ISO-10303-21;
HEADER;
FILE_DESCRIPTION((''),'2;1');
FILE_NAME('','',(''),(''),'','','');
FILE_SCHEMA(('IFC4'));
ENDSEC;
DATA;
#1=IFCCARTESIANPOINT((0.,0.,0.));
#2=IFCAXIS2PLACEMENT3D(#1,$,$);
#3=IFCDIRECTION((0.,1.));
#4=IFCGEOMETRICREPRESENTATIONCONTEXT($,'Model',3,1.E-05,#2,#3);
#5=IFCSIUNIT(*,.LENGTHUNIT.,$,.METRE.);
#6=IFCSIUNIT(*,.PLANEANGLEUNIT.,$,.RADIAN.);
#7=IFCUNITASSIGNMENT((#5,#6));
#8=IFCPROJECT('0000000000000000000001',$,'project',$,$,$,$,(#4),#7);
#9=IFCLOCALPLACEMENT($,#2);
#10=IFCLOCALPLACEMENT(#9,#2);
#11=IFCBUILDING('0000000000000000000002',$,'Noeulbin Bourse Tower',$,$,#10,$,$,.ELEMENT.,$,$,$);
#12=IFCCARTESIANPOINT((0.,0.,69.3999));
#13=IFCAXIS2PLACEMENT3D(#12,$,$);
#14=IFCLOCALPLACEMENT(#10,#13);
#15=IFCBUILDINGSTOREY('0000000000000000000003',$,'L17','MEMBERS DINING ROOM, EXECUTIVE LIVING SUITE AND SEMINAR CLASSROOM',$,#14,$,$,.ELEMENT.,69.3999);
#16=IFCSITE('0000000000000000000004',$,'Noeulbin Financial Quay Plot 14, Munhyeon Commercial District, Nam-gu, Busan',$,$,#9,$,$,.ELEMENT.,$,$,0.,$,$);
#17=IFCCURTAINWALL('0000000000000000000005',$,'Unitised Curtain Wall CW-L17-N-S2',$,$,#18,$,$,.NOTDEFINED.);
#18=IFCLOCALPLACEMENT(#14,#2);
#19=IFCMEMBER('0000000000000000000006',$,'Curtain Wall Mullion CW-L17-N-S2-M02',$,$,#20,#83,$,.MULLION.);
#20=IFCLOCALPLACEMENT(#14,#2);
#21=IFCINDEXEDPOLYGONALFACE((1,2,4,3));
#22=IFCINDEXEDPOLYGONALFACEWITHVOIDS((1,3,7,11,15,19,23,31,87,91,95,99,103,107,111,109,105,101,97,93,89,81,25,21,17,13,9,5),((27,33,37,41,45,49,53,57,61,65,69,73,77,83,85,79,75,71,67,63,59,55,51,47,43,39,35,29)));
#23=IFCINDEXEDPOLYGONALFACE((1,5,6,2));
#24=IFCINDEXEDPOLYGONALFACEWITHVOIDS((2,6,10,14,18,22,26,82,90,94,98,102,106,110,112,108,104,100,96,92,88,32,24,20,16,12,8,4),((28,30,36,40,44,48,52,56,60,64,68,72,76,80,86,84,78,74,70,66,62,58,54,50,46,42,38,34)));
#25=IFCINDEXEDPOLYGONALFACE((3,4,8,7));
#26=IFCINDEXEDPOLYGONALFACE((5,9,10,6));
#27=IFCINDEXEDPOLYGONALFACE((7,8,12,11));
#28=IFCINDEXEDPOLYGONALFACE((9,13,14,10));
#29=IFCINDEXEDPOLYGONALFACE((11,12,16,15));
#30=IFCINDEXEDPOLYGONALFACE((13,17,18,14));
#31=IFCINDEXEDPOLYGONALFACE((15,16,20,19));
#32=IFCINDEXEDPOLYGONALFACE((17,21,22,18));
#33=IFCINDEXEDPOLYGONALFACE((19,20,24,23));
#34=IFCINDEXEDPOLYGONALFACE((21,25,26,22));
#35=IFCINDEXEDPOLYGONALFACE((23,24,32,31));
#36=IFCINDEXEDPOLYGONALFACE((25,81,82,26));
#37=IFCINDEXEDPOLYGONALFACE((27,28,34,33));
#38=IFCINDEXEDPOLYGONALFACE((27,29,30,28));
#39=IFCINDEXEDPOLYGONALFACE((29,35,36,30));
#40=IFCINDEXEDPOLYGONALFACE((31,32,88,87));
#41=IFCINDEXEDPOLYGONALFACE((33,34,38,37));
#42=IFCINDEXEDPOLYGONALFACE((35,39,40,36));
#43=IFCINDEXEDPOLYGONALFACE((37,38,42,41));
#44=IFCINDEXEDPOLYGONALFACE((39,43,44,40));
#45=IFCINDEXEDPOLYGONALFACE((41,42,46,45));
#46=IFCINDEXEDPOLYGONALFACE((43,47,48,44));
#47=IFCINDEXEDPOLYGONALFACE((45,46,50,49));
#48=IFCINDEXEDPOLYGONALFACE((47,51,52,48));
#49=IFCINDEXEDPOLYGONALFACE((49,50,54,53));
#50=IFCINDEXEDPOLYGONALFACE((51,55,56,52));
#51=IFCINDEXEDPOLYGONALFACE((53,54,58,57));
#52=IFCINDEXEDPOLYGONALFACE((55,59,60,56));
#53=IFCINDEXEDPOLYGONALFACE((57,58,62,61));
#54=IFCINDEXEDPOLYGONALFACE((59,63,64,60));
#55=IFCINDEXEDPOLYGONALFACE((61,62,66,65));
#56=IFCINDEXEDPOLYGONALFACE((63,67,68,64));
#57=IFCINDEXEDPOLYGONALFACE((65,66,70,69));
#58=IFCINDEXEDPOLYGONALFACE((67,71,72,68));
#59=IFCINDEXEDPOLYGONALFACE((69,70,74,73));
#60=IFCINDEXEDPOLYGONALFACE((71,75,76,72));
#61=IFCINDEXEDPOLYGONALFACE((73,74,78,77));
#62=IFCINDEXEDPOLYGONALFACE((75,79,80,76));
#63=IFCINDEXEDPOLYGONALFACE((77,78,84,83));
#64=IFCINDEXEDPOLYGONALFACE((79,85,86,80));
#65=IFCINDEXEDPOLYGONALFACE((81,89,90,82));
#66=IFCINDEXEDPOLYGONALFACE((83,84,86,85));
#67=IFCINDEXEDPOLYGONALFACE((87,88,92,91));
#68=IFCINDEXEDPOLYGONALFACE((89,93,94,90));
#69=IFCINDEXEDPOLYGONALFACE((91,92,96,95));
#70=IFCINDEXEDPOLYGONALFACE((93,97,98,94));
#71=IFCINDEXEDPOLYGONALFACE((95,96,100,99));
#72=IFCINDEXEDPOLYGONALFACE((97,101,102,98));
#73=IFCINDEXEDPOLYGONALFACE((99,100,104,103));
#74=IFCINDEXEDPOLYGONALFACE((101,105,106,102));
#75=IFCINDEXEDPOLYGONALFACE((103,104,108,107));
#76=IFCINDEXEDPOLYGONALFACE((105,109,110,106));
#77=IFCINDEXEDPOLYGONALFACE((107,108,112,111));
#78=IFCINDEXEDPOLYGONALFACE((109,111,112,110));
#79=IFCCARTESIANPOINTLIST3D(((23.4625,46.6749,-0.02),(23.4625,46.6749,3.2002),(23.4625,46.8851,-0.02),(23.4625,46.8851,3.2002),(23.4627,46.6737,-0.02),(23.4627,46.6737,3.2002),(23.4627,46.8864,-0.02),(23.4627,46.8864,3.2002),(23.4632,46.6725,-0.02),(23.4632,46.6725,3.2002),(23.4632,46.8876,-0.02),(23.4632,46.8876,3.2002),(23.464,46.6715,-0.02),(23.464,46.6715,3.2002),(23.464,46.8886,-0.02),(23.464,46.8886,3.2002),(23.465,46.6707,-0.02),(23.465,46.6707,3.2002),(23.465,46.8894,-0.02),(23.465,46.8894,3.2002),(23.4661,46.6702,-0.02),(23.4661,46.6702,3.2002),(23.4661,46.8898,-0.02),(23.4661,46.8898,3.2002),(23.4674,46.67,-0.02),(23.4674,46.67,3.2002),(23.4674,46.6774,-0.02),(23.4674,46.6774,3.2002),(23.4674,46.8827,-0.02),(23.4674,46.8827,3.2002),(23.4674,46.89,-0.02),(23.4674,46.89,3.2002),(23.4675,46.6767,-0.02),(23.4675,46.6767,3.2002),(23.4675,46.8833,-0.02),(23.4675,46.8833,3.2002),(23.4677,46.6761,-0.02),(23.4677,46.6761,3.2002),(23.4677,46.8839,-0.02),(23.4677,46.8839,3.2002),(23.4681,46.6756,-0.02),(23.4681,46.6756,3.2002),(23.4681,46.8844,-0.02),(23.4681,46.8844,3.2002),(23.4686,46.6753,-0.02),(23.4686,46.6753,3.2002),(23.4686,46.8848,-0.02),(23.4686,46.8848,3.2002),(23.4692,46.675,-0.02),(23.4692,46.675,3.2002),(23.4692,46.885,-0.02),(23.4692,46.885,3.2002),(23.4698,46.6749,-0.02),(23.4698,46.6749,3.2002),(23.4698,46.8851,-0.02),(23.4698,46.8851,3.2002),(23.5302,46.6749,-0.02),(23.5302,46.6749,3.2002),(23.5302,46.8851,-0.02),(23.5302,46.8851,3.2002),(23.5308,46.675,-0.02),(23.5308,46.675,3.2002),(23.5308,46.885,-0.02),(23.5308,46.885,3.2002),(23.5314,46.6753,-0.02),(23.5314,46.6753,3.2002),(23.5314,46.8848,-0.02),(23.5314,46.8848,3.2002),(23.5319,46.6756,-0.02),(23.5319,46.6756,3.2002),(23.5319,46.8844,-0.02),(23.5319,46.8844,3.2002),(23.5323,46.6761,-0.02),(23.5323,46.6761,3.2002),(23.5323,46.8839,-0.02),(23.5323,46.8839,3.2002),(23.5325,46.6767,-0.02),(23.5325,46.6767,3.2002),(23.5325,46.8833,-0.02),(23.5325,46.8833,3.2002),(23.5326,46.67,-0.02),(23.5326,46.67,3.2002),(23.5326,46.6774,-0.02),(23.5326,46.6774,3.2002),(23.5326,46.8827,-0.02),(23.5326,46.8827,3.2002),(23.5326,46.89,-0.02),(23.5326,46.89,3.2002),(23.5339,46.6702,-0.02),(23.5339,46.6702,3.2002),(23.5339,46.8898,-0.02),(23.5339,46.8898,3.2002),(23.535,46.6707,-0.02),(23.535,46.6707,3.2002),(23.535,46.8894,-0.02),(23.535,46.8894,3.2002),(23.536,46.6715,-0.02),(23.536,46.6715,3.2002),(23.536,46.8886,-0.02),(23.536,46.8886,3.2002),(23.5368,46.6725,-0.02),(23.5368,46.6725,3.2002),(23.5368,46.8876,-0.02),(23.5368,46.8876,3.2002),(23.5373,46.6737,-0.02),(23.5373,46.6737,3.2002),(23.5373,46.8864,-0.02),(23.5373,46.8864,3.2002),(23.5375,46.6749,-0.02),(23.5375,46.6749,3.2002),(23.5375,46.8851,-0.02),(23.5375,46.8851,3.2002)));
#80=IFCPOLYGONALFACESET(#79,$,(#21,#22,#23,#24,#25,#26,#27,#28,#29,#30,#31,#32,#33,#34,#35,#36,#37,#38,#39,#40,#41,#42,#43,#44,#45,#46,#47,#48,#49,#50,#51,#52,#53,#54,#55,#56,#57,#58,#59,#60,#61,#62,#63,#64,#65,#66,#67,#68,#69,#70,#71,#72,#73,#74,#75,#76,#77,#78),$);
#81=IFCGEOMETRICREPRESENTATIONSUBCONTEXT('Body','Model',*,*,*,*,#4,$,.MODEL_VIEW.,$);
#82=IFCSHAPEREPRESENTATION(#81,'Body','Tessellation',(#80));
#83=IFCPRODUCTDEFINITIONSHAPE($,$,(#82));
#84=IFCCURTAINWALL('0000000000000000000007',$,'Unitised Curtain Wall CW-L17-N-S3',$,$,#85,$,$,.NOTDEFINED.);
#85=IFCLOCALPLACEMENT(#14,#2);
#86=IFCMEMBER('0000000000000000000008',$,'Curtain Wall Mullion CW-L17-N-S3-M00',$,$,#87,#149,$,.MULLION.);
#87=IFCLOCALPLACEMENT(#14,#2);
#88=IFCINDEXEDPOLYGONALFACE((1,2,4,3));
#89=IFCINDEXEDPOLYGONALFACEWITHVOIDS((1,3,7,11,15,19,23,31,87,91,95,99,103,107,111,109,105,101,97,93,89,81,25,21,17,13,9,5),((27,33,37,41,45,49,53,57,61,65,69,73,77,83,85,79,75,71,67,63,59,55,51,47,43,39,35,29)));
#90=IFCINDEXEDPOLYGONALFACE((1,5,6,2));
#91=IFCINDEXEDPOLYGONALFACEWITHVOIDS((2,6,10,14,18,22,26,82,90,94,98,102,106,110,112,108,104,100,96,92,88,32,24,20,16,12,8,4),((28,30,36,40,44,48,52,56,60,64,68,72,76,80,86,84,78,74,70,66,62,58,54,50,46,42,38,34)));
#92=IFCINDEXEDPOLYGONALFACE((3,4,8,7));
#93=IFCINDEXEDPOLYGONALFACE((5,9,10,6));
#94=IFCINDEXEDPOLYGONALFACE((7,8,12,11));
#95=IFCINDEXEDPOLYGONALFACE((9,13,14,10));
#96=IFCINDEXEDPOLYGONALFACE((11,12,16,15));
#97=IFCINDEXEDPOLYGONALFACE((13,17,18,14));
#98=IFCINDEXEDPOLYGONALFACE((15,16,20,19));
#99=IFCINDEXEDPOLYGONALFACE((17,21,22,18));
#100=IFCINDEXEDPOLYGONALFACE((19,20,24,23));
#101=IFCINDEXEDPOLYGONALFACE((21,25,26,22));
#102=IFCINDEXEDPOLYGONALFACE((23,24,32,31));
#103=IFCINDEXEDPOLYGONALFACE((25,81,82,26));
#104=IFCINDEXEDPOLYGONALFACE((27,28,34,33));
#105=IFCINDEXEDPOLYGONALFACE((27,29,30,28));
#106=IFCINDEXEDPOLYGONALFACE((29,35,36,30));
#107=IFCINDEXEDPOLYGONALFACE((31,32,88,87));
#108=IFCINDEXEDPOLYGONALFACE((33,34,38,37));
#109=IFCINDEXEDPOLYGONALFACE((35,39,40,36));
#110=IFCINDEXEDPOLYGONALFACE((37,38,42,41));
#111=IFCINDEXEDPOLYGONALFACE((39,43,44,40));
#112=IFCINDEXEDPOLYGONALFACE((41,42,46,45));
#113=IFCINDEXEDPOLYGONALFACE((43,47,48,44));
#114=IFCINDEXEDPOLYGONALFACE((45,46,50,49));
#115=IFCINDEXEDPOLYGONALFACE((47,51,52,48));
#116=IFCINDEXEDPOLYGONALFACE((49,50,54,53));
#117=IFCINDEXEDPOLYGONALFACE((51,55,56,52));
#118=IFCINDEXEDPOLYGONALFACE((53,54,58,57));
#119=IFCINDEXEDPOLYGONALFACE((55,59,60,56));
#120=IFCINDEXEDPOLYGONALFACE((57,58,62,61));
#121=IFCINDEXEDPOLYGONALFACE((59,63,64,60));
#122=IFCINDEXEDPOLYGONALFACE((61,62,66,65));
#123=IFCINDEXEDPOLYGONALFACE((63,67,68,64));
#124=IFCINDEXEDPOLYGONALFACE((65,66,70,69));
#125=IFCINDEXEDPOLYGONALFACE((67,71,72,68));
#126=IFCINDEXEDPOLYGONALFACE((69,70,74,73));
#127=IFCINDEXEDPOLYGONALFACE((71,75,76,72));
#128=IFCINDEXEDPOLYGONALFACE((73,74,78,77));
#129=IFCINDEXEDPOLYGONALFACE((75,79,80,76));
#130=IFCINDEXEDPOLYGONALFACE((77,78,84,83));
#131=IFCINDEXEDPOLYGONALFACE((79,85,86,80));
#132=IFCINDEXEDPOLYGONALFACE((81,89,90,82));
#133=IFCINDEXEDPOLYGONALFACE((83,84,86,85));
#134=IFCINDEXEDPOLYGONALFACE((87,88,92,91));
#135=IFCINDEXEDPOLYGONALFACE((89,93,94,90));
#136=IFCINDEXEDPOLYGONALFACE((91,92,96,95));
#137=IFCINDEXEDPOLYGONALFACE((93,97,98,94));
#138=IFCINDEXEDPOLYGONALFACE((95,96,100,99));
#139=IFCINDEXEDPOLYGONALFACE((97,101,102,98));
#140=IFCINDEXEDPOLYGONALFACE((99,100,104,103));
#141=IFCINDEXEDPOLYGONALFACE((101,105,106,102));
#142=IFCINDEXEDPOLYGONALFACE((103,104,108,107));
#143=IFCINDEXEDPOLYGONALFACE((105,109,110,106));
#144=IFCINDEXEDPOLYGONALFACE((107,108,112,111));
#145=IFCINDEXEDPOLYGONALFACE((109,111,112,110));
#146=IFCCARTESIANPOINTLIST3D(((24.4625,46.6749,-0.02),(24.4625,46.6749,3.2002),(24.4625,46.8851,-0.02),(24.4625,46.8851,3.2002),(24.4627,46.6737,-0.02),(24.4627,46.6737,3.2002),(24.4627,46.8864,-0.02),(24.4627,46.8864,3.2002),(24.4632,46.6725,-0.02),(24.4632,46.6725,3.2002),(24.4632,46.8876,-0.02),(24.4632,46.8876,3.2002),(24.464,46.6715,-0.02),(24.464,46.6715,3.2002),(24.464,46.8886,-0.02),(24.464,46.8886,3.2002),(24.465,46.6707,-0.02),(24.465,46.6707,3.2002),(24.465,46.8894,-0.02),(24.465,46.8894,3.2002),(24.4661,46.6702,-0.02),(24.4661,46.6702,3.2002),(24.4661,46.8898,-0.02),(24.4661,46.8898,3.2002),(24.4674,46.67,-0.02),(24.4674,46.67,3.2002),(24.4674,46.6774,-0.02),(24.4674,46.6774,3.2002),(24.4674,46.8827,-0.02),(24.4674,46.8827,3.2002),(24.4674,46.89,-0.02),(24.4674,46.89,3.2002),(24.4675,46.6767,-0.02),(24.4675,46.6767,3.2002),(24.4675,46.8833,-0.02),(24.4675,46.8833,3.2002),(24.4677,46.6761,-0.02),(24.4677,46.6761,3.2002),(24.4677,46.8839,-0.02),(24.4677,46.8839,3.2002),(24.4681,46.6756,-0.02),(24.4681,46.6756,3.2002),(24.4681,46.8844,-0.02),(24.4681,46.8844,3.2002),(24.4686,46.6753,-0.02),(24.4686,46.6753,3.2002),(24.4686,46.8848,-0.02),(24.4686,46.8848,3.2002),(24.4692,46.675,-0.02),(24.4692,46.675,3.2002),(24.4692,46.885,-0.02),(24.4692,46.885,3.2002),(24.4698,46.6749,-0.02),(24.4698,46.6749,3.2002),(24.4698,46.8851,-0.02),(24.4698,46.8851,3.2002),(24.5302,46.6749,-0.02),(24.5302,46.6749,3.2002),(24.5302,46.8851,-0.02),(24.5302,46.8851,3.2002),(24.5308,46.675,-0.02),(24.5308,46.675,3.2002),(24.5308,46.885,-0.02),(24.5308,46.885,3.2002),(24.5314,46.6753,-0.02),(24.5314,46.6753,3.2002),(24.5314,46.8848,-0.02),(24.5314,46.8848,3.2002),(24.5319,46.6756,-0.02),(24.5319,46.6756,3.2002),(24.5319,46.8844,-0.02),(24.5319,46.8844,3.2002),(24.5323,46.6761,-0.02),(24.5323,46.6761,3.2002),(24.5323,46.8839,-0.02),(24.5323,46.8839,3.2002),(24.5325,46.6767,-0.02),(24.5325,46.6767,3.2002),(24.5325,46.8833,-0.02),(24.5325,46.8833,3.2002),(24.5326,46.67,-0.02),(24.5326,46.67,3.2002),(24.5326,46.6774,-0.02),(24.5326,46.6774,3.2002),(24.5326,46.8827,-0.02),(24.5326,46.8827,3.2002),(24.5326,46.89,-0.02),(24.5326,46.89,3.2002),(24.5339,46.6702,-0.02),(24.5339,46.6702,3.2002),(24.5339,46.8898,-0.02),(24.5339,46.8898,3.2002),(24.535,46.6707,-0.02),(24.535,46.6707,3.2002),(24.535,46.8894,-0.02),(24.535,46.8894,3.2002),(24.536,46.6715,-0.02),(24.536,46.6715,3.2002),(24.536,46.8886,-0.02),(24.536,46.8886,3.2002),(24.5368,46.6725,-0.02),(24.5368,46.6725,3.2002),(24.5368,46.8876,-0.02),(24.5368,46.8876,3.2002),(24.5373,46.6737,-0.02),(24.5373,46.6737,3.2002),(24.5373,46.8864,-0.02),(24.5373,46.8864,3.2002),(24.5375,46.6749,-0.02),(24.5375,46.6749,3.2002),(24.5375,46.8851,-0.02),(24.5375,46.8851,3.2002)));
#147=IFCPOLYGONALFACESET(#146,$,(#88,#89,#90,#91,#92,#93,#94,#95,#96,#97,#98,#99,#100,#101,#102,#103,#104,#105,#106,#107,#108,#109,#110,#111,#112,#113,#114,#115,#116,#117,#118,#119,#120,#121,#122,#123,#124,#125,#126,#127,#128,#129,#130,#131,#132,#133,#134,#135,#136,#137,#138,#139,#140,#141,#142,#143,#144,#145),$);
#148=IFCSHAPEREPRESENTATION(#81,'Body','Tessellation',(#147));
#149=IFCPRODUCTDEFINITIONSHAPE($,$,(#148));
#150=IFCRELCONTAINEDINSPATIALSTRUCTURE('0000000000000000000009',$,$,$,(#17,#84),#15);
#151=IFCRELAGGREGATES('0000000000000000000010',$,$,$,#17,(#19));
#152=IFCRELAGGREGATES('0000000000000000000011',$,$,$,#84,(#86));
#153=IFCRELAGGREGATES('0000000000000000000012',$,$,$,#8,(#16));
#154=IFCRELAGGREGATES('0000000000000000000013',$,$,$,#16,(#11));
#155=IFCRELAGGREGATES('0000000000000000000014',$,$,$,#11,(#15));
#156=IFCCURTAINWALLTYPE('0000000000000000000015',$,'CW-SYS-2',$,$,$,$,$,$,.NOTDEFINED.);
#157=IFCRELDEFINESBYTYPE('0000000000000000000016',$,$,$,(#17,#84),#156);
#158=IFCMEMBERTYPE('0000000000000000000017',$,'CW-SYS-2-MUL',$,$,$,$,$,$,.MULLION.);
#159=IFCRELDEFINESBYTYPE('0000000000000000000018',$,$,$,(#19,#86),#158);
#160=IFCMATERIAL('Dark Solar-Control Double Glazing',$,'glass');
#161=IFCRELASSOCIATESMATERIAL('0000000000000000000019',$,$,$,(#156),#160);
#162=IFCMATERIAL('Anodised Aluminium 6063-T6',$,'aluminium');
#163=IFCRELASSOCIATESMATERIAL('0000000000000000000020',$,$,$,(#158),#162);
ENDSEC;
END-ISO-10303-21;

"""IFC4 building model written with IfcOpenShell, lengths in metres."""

from ifc_helpers import new_model, si_unit, direction, frame, origin, origin_2d, place, context, subcontext, project, spatial, hollow_rectangle, extrude, material, material_profile, profile_set, type_object, element, aggregate, save


model = new_model("IFC4")

# Units and contexts
model_context = context("Model", 3, precision=1e-05, world=origin(), true_north=direction((0.0, 1.0)))
body_context = subcontext(model_context, "Body", "Model", "MODEL_VIEW")
ifc_project = project(units=[si_unit("LENGTHUNIT", "METRE"), si_unit("PLANEANGLEUNIT", "RADIAN")], contexts=[model_context])

# Site, building, storey
site_placement = place(None, origin())
site = spatial("IfcSite", under=ifc_project, at=site_placement, Name="Noeulbin Financial Quay Plot 14, Munhyeon Commercial District, Nam-gu, Busan", CompositionType="ELEMENT", RefElevation=0.0)
building_placement = place(site_placement, origin())
building = spatial("IfcBuilding", under=site, at=building_placement, Name="Noeulbin Bourse Tower", CompositionType="ELEMENT")
storey_placement = place(building_placement, frame((0.0, 0.0, 69.3999)))
storey = spatial("IfcBuildingStorey", under=building, at=storey_placement, Name="L17", Description="MEMBERS DINING ROOM, EXECUTIVE LIVING SUITE AND SEMINAR CLASSROOM", CompositionType="ELEMENT", Elevation=69.3999)

# Curtain walls, members
ifc_material_1 = material(Name="Dark Solar-Control Double Glazing", Category="glass")
curtain_wall_type = type_object("IfcCurtainWallType", Name="CW-SYS-2", PredefinedType="NOTDEFINED", material=ifc_material_1)
curtain_wall_1_placement = place(storey_placement, origin())
curtain_wall_1 = element("IfcCurtainWall", 1, at=curtain_wall_1_placement, inside=storey, type_object=curtain_wall_type, Name="Unitised Curtain Wall CW-L17-N-S2", PredefinedType="NOTDEFINED")
ifc_material_2 = material(Name="Anodised Aluminium 6063-T6", Category="aluminium")
ifc_material_profile_1 = material_profile(ifc_material_2, hollow_rectangle(XDim=0.075, YDim=0.22, WallThickness=0.0049, InnerFilletRadius=0.0024, OuterFilletRadius=0.0049, at=origin_2d()), Name="ALU-MULL-75x220x5", Category="LoadBearing")
ifc_profile_set_1 = profile_set([ifc_material_profile_1], Name="Anodised Aluminium 6063-T6")
member_type_1 = type_object("IfcMemberType", Name="CW-SYS-2-MUL", PredefinedType="MULLION", material=ifc_profile_set_1)
member_1_placement = place(storey_placement, frame((23.5, 46.78, -0.02), z_axis=(0.0, 0.0, 1.0), x_axis=(1.0, 0.0, 0.0)))
member_1 = element("IfcMember", 2, at=member_1_placement, type_object=member_type_1, Name="Curtain Wall Mullion CW-L17-N-S2-M02", PredefinedType="MULLION", context=body_context, shape_type="SweptSolid", body=[
    extrude(hollow_rectangle(XDim=0.075, YDim=0.22, WallThickness=0.0049, InnerFilletRadius=0.0024, OuterFilletRadius=0.0049, at=origin_2d()), origin(), (0.0, 0.0, 1.0), 3.2202),
])
curtain_wall_2_placement = place(storey_placement, origin())
curtain_wall_2 = element("IfcCurtainWall", 3, at=curtain_wall_2_placement, inside=storey, type_object=curtain_wall_type, Name="Unitised Curtain Wall CW-L17-N-S3", PredefinedType="NOTDEFINED")
member_2_placement = place(storey_placement, frame((24.5, 46.78, -0.02), z_axis=(0.0, 0.0, 1.0), x_axis=(1.0, 0.0, 0.0)))
member_2 = element("IfcMember", 4, at=member_2_placement, type_object=member_type_1, Name="Curtain Wall Mullion CW-L17-N-S3-M00", PredefinedType="MULLION", context=body_context, shape_type="SweptSolid", body=[
    extrude(hollow_rectangle(XDim=0.075, YDim=0.22, WallThickness=0.0049, InnerFilletRadius=0.0024, OuterFilletRadius=0.0049, at=origin_2d()), origin(), (0.0, 0.0, 1.0), 3.2202),
])

aggregate(curtain_wall_1, [member_1])
aggregate(curtain_wall_2, [member_2])

save(model, "model.ifc")
